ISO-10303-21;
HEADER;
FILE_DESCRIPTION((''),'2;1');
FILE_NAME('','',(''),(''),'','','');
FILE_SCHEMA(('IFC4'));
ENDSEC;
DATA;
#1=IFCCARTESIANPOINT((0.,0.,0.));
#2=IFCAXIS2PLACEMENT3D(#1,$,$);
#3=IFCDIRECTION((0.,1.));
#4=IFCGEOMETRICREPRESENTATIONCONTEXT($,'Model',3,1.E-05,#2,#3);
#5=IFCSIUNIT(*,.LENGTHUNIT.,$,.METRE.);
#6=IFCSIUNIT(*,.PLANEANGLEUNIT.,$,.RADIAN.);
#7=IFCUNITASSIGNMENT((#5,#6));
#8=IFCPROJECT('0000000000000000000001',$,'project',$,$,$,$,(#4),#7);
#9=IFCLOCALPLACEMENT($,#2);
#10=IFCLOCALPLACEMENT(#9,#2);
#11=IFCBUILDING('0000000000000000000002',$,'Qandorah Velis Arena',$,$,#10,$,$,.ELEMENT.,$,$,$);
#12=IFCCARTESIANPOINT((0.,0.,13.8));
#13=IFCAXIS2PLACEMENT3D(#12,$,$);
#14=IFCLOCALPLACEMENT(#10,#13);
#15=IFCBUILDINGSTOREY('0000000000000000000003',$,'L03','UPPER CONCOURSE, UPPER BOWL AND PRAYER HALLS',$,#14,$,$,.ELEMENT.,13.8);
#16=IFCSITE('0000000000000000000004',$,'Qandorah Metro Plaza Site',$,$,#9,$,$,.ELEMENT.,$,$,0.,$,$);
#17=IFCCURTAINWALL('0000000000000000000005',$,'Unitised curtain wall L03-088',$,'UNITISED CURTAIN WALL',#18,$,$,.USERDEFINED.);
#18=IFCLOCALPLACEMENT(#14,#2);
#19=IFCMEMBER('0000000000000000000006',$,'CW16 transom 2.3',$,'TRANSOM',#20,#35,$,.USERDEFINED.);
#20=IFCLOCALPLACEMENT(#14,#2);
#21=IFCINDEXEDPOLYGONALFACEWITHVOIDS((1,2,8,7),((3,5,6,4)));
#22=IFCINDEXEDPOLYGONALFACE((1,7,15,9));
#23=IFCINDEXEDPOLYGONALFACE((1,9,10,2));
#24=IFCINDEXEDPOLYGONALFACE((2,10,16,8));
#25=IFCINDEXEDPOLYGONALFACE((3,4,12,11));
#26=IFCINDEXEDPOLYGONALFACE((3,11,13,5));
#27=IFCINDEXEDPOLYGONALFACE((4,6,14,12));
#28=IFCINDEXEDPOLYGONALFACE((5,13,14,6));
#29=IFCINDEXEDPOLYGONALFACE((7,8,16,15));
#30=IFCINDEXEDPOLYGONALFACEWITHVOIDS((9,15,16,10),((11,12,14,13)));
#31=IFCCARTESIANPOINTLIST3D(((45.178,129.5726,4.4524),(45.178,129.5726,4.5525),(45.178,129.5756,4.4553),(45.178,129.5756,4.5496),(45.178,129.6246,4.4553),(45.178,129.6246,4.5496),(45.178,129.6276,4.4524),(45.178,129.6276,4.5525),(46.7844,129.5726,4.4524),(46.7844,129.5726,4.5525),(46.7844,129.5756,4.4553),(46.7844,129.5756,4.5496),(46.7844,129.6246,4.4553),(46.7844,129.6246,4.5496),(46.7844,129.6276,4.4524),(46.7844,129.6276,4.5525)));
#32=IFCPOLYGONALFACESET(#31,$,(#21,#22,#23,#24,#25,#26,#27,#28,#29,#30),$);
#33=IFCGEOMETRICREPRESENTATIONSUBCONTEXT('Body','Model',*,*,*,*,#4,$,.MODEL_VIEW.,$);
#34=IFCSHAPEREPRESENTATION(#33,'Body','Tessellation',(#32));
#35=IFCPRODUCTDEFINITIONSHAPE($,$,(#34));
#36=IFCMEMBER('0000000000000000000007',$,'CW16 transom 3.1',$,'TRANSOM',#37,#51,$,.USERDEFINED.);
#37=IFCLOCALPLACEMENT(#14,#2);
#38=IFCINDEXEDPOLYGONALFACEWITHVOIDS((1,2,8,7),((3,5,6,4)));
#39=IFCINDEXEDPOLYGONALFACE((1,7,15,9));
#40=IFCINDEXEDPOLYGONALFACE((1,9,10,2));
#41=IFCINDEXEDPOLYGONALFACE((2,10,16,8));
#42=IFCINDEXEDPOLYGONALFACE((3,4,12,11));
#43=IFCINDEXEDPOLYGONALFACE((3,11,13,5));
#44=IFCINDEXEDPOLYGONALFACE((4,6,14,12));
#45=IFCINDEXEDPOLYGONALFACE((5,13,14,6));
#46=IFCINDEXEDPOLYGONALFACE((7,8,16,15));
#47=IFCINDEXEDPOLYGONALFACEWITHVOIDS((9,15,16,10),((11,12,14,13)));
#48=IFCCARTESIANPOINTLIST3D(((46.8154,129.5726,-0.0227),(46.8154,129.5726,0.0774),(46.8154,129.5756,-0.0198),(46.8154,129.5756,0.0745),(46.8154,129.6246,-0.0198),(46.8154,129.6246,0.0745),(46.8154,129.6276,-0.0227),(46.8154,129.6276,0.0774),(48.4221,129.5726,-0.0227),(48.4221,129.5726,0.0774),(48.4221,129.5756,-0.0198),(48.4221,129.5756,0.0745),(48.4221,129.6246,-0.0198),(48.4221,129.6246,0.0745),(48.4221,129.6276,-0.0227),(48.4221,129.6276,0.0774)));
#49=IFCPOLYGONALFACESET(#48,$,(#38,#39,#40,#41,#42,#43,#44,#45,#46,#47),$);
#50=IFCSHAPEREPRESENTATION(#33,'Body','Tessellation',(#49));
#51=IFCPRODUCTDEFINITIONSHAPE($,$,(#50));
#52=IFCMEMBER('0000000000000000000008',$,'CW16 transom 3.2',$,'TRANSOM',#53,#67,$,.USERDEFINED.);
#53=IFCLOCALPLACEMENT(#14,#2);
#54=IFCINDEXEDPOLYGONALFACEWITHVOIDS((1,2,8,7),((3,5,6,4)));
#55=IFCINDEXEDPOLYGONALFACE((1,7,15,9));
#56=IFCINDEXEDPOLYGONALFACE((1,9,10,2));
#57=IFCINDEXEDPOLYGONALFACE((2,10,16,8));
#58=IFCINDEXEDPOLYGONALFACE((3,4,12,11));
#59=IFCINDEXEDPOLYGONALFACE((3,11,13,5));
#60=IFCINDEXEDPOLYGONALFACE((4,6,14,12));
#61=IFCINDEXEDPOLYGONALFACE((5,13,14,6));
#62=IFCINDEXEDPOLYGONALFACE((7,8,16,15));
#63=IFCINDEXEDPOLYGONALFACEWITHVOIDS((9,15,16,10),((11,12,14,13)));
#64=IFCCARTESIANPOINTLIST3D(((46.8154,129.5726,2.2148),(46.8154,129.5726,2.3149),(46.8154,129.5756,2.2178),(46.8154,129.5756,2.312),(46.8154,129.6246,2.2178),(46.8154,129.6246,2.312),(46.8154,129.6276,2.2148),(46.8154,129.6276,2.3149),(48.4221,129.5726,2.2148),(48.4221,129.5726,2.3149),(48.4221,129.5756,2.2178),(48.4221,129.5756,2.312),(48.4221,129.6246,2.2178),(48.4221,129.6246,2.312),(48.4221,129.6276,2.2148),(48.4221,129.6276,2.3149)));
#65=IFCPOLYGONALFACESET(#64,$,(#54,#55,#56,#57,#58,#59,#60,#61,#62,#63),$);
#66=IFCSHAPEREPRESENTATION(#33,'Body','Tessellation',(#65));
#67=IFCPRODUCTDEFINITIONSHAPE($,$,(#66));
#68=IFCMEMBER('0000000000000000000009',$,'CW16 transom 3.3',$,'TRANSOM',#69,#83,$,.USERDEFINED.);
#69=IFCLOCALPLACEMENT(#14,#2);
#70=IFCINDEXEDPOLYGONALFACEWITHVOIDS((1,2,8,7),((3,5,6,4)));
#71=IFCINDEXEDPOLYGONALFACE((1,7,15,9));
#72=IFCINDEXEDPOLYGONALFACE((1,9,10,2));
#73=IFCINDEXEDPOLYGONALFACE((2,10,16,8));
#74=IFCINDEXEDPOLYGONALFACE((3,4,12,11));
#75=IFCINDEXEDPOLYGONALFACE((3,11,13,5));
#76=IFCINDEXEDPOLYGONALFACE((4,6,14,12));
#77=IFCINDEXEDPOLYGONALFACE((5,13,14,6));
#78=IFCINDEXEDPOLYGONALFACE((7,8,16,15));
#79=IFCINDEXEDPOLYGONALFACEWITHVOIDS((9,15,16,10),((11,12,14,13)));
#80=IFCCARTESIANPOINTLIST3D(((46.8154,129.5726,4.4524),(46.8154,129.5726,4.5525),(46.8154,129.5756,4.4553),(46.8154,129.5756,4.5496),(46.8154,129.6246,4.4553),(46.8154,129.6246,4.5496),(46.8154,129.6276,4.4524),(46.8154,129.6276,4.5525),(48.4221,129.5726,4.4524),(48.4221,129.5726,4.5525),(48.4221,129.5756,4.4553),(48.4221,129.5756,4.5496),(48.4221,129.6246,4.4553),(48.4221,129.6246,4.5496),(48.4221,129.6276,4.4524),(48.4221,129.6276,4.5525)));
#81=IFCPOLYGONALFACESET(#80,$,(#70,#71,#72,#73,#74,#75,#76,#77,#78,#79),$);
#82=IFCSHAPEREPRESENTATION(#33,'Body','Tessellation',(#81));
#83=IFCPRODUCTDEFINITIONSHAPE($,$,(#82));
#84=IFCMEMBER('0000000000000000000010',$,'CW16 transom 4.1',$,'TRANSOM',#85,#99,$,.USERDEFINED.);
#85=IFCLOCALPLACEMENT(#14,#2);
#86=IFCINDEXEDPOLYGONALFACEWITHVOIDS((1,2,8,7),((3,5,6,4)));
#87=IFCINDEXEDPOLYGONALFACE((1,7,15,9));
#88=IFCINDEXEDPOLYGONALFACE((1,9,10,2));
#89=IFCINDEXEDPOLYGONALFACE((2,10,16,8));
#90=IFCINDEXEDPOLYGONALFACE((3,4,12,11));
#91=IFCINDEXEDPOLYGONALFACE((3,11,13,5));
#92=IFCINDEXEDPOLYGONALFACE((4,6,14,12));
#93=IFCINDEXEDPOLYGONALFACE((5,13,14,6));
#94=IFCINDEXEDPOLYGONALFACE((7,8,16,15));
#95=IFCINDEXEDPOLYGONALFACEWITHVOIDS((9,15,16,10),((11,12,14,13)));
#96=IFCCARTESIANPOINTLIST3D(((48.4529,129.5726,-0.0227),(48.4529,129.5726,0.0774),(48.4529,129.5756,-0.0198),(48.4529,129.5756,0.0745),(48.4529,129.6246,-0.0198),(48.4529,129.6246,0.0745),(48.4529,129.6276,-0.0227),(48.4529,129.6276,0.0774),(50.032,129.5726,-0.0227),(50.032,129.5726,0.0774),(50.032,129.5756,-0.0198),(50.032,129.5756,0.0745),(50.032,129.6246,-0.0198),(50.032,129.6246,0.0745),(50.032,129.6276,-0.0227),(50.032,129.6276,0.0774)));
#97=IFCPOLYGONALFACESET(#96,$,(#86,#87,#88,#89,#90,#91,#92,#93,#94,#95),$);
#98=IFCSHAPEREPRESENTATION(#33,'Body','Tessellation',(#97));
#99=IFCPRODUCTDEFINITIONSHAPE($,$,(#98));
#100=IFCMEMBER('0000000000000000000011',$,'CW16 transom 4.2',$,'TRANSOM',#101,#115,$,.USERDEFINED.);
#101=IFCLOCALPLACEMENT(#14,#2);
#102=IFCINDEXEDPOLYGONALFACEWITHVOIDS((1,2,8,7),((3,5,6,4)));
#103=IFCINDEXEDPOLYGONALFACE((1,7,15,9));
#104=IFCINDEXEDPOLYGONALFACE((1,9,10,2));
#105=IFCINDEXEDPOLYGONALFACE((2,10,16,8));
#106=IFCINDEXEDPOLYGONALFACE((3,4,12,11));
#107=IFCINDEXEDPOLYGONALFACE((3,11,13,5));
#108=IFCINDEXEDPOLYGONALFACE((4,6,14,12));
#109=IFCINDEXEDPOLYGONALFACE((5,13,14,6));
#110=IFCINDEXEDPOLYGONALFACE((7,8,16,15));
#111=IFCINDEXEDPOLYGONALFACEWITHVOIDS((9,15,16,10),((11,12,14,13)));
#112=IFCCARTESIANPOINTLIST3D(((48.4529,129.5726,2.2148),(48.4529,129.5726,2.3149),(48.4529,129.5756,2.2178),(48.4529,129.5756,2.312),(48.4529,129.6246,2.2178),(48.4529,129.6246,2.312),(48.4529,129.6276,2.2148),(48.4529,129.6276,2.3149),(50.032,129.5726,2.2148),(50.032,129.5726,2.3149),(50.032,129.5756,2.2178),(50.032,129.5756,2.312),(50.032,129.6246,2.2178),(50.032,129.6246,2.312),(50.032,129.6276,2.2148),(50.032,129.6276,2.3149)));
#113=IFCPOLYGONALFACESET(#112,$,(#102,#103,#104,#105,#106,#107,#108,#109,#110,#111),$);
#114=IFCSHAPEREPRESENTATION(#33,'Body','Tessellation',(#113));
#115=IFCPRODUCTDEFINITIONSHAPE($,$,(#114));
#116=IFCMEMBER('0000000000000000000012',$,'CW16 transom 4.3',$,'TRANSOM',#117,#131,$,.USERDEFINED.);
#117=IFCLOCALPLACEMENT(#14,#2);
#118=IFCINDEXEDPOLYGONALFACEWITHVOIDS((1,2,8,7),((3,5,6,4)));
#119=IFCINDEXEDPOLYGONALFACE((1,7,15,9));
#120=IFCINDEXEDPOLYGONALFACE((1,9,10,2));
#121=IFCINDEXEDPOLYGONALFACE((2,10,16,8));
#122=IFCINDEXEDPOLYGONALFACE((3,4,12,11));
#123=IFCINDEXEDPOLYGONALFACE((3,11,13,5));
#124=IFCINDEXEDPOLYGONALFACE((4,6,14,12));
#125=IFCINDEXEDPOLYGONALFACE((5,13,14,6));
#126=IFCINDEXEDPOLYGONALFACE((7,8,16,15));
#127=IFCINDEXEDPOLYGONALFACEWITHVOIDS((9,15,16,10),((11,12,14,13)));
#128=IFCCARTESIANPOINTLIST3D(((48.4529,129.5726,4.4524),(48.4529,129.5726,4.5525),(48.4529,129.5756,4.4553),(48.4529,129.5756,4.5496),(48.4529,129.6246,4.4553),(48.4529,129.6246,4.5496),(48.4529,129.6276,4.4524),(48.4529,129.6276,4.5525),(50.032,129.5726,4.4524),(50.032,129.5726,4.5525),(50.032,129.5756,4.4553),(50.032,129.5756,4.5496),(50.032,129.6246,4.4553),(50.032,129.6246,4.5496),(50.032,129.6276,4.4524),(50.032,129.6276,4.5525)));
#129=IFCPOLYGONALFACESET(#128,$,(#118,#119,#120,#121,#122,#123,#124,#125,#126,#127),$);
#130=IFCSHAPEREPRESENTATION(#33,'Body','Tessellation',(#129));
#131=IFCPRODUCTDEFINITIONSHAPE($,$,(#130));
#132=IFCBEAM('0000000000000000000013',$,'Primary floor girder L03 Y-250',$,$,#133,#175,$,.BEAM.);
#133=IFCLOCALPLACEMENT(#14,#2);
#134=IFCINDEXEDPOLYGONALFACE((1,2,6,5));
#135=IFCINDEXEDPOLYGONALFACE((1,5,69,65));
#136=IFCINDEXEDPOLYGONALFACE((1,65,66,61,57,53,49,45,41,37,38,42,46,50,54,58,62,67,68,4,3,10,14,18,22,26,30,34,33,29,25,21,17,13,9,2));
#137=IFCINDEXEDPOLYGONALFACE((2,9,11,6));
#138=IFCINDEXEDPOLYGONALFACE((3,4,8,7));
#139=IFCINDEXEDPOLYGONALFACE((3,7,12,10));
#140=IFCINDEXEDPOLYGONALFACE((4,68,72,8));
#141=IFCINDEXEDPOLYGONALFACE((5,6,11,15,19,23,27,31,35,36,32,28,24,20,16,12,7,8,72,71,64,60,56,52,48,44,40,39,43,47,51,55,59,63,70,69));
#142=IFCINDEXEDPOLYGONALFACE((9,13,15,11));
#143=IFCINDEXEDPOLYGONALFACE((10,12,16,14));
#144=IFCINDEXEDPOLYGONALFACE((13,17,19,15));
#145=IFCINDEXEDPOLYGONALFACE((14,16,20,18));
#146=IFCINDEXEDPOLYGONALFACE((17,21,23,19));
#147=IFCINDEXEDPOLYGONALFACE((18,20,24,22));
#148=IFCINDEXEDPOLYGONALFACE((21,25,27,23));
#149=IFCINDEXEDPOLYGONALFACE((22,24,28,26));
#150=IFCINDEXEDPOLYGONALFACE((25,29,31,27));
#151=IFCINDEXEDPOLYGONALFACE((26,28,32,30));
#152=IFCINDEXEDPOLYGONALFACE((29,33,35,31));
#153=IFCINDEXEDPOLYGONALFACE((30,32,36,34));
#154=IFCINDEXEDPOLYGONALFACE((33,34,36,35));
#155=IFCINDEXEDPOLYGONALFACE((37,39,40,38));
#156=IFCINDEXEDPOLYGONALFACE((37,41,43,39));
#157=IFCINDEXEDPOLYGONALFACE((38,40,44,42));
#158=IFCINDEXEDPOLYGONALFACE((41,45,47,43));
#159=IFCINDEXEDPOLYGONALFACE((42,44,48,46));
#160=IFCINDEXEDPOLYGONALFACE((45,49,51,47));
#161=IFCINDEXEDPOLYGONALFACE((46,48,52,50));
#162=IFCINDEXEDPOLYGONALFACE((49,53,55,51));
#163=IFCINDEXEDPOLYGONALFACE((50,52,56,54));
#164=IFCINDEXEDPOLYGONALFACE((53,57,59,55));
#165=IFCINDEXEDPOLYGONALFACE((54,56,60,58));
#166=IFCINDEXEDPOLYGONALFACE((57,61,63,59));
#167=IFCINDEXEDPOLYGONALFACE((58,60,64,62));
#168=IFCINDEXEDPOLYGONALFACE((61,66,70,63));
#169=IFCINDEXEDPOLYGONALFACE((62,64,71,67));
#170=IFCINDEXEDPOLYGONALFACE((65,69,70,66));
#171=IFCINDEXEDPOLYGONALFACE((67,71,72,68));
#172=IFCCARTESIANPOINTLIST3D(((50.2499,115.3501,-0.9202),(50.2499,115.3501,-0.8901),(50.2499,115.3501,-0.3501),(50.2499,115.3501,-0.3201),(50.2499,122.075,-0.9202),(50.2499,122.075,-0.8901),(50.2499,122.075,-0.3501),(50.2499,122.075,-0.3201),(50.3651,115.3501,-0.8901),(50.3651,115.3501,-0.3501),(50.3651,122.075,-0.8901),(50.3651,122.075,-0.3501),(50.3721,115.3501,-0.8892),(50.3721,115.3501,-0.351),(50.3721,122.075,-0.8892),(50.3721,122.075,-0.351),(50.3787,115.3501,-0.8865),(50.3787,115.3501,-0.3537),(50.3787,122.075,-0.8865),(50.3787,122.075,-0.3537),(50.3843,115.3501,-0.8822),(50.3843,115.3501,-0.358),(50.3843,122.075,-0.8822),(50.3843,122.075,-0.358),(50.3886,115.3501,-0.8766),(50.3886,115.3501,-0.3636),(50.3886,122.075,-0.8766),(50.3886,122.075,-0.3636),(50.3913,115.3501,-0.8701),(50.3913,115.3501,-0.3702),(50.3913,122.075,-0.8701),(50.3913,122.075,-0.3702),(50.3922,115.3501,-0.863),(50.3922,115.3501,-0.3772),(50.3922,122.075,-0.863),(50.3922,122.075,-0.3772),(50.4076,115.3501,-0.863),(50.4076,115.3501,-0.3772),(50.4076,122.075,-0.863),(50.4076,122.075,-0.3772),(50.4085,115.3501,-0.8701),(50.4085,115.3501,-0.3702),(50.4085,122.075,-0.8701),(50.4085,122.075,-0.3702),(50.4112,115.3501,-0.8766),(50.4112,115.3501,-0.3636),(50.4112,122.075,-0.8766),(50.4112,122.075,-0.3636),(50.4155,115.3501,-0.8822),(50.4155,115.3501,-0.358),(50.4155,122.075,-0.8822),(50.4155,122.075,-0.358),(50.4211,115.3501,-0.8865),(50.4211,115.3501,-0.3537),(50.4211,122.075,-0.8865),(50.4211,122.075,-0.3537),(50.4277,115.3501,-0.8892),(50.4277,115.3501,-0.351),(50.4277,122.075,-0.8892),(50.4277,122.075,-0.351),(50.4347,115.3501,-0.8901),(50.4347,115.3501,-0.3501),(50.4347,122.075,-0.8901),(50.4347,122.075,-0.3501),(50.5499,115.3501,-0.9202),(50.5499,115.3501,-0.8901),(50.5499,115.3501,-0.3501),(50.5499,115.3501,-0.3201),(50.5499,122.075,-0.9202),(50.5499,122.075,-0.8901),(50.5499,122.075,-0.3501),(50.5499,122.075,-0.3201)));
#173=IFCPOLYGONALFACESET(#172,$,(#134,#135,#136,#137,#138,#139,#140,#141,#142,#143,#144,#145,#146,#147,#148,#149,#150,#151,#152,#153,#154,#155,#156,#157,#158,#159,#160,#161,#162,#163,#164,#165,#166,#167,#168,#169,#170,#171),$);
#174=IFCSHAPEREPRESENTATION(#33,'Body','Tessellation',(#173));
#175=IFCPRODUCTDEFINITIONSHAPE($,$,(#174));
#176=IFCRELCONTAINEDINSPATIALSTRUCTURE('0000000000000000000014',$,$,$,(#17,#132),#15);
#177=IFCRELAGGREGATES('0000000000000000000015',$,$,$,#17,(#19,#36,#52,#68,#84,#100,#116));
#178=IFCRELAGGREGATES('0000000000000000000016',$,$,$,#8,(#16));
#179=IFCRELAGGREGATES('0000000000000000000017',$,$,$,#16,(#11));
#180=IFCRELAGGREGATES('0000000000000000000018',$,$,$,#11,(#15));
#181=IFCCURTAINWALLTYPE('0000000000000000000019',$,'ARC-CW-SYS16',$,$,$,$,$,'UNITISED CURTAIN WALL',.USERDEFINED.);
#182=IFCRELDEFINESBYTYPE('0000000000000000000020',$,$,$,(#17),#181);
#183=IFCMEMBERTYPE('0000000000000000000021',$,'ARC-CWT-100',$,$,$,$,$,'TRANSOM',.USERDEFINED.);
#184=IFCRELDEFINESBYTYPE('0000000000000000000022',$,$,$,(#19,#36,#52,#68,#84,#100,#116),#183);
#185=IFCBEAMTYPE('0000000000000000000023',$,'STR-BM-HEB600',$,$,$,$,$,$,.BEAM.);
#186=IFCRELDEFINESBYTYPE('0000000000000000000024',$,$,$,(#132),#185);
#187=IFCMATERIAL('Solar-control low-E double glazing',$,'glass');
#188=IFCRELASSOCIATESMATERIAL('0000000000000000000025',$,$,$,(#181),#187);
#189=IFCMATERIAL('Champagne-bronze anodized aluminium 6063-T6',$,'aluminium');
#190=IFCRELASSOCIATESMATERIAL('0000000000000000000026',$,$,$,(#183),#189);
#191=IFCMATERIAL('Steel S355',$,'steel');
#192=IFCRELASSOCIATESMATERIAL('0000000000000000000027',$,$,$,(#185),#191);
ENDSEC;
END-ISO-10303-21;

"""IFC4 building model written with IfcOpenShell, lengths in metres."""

from ifc_helpers import new_model, si_unit, direction, frame, origin, origin_2d, place, context, subcontext, project, spatial, hollow_rectangle, i_section, extrude, material, material_profile, profile_set, type_object, element, aggregate, save


model = new_model("IFC4")

# Units and contexts
model_context = context("Model", 3, precision=1e-05, world=origin(), true_north=direction((0.0, 1.0)))
body_context = subcontext(model_context, "Body", "Model", "MODEL_VIEW")
ifc_project = project(units=[si_unit("LENGTHUNIT", "METRE"), si_unit("PLANEANGLEUNIT", "RADIAN")], contexts=[model_context])

# Site, building, storey
site_placement = place(None, origin())
site = spatial("IfcSite", under=ifc_project, at=site_placement, Name="Qandorah Metro Plaza Site", CompositionType="ELEMENT", RefElevation=0.0)
building_placement = place(site_placement, origin())
building = spatial("IfcBuilding", under=site, at=building_placement, Name="Qandorah Velis Arena", CompositionType="ELEMENT")
storey_placement = place(building_placement, frame((0.0, 0.0, 13.8)))
storey = spatial("IfcBuildingStorey", under=building, at=storey_placement, Name="L03", Description="UPPER CONCOURSE, UPPER BOWL AND PRAYER HALLS", CompositionType="ELEMENT", Elevation=13.8)

# Curtain wall, members
ifc_material_1 = material(Name="Solar-control low-E double glazing", Category="glass")
curtain_wall_type = type_object("IfcCurtainWallType", Name="ARC-CW-SYS16", ElementType="UNITISED CURTAIN WALL", PredefinedType="USERDEFINED", material=ifc_material_1)
curtain_wall_placement = place(storey_placement, origin())
curtain_wall = element("IfcCurtainWall", 1, at=curtain_wall_placement, inside=storey, type_object=curtain_wall_type, Name="Unitised curtain wall L03-088", ObjectType="UNITISED CURTAIN WALL", PredefinedType="USERDEFINED")
ifc_material_2 = material(Name="Champagne-bronze anodized aluminium 6063-T6", Category="aluminium")
ifc_material_profile_1 = material_profile(ifc_material_2, hollow_rectangle(XDim=0.0549, YDim=0.1001, WallThickness=0.0029, at=origin_2d()), Name="ALU TRANSOM 55x100")
ifc_profile_set_1 = profile_set([ifc_material_profile_1], Name="Champagne-bronze anodized aluminium 6063-T6")
member_type_1 = type_object("IfcMemberType", Name="ARC-CWT-100", ElementType="TRANSOM", PredefinedType="USERDEFINED", material=ifc_profile_set_1)
member_1_placement = place(storey_placement, frame((45.178, 129.6001, 4.5024), z_axis=(1.0, 0.0, 0.0), x_axis=(0.0, 1.0, 0.0)))
member_1 = element("IfcMember", 2, at=member_1_placement, type_object=member_type_1, Name="CW16 transom 2.3", ObjectType="TRANSOM", PredefinedType="USERDEFINED", context=body_context, shape_type="SweptSolid", body=[
    extrude(hollow_rectangle(XDim=0.0549, YDim=0.1001, WallThickness=0.0029, at=origin_2d()), origin(), (0.0, 0.0, 1.0), 1.6064),
])
member_2_placement = place(storey_placement, frame((46.8154, 129.6001, 0.0273), z_axis=(1.0, 0.0, 0.0), x_axis=(0.0, 1.0, 0.0)))
member_2 = element("IfcMember", 3, at=member_2_placement, type_object=member_type_1, Name="CW16 transom 3.1", ObjectType="TRANSOM", PredefinedType="USERDEFINED", context=body_context, shape_type="SweptSolid", body=[
    extrude(hollow_rectangle(XDim=0.0549, YDim=0.1001, WallThickness=0.0029, at=origin_2d()), origin(), (0.0, 0.0, 1.0), 1.6067),
])
member_3_placement = place(storey_placement, frame((46.8154, 129.6001, 2.2649), z_axis=(1.0, 0.0, 0.0), x_axis=(0.0, 1.0, 0.0)))
member_3 = element("IfcMember", 4, at=member_3_placement, type_object=member_type_1, Name="CW16 transom 3.2", ObjectType="TRANSOM", PredefinedType="USERDEFINED", context=body_context, shape_type="SweptSolid", body=[
    extrude(hollow_rectangle(XDim=0.0549, YDim=0.1001, WallThickness=0.0029, at=origin_2d()), origin(), (0.0, 0.0, 1.0), 1.6067),
])
member_4_placement = place(storey_placement, frame((46.8154, 129.6001, 4.5024), z_axis=(1.0, 0.0, 0.0), x_axis=(0.0, 1.0, 0.0)))
member_4 = element("IfcMember", 5, at=member_4_placement, type_object=member_type_1, Name="CW16 transom 3.3", ObjectType="TRANSOM", PredefinedType="USERDEFINED", context=body_context, shape_type="SweptSolid", body=[
    extrude(hollow_rectangle(XDim=0.0549, YDim=0.1001, WallThickness=0.0029, at=origin_2d()), origin(), (0.0, 0.0, 1.0), 1.6067),
])
member_5_placement = place(storey_placement, frame((48.4529, 129.6001, 0.0273), z_axis=(1.0, 0.0, 0.0), x_axis=(0.0, 1.0, 0.0)))
member_5 = element("IfcMember", 6, at=member_5_placement, type_object=member_type_1, Name="CW16 transom 4.1", ObjectType="TRANSOM", PredefinedType="USERDEFINED", context=body_context, shape_type="SweptSolid", body=[
    extrude(hollow_rectangle(XDim=0.0549, YDim=0.1001, WallThickness=0.0029, at=origin_2d()), origin(), (0.0, 0.0, 1.0), 1.5791),
])
member_6_placement = place(storey_placement, frame((48.4529, 129.6001, 2.2649), z_axis=(1.0, 0.0, 0.0), x_axis=(0.0, 1.0, 0.0)))
member_6 = element("IfcMember", 7, at=member_6_placement, type_object=member_type_1, Name="CW16 transom 4.2", ObjectType="TRANSOM", PredefinedType="USERDEFINED", context=body_context, shape_type="SweptSolid", body=[
    extrude(hollow_rectangle(XDim=0.0549, YDim=0.1001, WallThickness=0.0029, at=origin_2d()), origin(), (0.0, 0.0, 1.0), 1.5791),
])
member_7_placement = place(storey_placement, frame((48.4529, 129.6001, 4.5024), z_axis=(1.0, 0.0, 0.0), x_axis=(0.0, 1.0, 0.0)))
member_7 = element("IfcMember", 8, at=member_7_placement, type_object=member_type_1, Name="CW16 transom 4.3", ObjectType="TRANSOM", PredefinedType="USERDEFINED", context=body_context, shape_type="SweptSolid", body=[
    extrude(hollow_rectangle(XDim=0.0549, YDim=0.1001, WallThickness=0.0029, at=origin_2d()), origin(), (0.0, 0.0, 1.0), 1.5791),
])

# Beam
ifc_material_3 = material(Name="Steel S355", Category="steel")
ifc_material_profile_2 = material_profile(ifc_material_3, i_section(OverallWidth=0.3, OverallDepth=0.6001, WebThickness=0.0154, FlangeThickness=0.03, FilletRadius=0.0271, at=origin_2d()), Name="HEB 600")
ifc_profile_set_2 = profile_set([ifc_material_profile_2], Name="Steel S355")
beam_type_1 = type_object("IfcBeamType", Name="STR-BM-HEB600", PredefinedType="BEAM", material=ifc_profile_set_2)
beam_1_placement = place(storey_placement, frame((50.3999, 115.3501, -0.6201), z_axis=(0.0, 1.0, 0.0), x_axis=(-1.0, 0.0, 0.0)))
element("IfcBeam", 9, at=beam_1_placement, inside=storey, type_object=beam_type_1, Name="Primary floor girder L03 Y-250", PredefinedType="BEAM", context=body_context, shape_type="SweptSolid", body=[
    extrude(i_section(OverallWidth=0.3, OverallDepth=0.6001, WebThickness=0.0154, FlangeThickness=0.03, FilletRadius=0.0271, at=origin_2d()), origin(), (0.0, 0.0, 1.0), 6.7249),
])

aggregate(curtain_wall, [member_1, member_2, member_3, member_4, member_5, member_6, member_7])

save(model, "model.ifc")
